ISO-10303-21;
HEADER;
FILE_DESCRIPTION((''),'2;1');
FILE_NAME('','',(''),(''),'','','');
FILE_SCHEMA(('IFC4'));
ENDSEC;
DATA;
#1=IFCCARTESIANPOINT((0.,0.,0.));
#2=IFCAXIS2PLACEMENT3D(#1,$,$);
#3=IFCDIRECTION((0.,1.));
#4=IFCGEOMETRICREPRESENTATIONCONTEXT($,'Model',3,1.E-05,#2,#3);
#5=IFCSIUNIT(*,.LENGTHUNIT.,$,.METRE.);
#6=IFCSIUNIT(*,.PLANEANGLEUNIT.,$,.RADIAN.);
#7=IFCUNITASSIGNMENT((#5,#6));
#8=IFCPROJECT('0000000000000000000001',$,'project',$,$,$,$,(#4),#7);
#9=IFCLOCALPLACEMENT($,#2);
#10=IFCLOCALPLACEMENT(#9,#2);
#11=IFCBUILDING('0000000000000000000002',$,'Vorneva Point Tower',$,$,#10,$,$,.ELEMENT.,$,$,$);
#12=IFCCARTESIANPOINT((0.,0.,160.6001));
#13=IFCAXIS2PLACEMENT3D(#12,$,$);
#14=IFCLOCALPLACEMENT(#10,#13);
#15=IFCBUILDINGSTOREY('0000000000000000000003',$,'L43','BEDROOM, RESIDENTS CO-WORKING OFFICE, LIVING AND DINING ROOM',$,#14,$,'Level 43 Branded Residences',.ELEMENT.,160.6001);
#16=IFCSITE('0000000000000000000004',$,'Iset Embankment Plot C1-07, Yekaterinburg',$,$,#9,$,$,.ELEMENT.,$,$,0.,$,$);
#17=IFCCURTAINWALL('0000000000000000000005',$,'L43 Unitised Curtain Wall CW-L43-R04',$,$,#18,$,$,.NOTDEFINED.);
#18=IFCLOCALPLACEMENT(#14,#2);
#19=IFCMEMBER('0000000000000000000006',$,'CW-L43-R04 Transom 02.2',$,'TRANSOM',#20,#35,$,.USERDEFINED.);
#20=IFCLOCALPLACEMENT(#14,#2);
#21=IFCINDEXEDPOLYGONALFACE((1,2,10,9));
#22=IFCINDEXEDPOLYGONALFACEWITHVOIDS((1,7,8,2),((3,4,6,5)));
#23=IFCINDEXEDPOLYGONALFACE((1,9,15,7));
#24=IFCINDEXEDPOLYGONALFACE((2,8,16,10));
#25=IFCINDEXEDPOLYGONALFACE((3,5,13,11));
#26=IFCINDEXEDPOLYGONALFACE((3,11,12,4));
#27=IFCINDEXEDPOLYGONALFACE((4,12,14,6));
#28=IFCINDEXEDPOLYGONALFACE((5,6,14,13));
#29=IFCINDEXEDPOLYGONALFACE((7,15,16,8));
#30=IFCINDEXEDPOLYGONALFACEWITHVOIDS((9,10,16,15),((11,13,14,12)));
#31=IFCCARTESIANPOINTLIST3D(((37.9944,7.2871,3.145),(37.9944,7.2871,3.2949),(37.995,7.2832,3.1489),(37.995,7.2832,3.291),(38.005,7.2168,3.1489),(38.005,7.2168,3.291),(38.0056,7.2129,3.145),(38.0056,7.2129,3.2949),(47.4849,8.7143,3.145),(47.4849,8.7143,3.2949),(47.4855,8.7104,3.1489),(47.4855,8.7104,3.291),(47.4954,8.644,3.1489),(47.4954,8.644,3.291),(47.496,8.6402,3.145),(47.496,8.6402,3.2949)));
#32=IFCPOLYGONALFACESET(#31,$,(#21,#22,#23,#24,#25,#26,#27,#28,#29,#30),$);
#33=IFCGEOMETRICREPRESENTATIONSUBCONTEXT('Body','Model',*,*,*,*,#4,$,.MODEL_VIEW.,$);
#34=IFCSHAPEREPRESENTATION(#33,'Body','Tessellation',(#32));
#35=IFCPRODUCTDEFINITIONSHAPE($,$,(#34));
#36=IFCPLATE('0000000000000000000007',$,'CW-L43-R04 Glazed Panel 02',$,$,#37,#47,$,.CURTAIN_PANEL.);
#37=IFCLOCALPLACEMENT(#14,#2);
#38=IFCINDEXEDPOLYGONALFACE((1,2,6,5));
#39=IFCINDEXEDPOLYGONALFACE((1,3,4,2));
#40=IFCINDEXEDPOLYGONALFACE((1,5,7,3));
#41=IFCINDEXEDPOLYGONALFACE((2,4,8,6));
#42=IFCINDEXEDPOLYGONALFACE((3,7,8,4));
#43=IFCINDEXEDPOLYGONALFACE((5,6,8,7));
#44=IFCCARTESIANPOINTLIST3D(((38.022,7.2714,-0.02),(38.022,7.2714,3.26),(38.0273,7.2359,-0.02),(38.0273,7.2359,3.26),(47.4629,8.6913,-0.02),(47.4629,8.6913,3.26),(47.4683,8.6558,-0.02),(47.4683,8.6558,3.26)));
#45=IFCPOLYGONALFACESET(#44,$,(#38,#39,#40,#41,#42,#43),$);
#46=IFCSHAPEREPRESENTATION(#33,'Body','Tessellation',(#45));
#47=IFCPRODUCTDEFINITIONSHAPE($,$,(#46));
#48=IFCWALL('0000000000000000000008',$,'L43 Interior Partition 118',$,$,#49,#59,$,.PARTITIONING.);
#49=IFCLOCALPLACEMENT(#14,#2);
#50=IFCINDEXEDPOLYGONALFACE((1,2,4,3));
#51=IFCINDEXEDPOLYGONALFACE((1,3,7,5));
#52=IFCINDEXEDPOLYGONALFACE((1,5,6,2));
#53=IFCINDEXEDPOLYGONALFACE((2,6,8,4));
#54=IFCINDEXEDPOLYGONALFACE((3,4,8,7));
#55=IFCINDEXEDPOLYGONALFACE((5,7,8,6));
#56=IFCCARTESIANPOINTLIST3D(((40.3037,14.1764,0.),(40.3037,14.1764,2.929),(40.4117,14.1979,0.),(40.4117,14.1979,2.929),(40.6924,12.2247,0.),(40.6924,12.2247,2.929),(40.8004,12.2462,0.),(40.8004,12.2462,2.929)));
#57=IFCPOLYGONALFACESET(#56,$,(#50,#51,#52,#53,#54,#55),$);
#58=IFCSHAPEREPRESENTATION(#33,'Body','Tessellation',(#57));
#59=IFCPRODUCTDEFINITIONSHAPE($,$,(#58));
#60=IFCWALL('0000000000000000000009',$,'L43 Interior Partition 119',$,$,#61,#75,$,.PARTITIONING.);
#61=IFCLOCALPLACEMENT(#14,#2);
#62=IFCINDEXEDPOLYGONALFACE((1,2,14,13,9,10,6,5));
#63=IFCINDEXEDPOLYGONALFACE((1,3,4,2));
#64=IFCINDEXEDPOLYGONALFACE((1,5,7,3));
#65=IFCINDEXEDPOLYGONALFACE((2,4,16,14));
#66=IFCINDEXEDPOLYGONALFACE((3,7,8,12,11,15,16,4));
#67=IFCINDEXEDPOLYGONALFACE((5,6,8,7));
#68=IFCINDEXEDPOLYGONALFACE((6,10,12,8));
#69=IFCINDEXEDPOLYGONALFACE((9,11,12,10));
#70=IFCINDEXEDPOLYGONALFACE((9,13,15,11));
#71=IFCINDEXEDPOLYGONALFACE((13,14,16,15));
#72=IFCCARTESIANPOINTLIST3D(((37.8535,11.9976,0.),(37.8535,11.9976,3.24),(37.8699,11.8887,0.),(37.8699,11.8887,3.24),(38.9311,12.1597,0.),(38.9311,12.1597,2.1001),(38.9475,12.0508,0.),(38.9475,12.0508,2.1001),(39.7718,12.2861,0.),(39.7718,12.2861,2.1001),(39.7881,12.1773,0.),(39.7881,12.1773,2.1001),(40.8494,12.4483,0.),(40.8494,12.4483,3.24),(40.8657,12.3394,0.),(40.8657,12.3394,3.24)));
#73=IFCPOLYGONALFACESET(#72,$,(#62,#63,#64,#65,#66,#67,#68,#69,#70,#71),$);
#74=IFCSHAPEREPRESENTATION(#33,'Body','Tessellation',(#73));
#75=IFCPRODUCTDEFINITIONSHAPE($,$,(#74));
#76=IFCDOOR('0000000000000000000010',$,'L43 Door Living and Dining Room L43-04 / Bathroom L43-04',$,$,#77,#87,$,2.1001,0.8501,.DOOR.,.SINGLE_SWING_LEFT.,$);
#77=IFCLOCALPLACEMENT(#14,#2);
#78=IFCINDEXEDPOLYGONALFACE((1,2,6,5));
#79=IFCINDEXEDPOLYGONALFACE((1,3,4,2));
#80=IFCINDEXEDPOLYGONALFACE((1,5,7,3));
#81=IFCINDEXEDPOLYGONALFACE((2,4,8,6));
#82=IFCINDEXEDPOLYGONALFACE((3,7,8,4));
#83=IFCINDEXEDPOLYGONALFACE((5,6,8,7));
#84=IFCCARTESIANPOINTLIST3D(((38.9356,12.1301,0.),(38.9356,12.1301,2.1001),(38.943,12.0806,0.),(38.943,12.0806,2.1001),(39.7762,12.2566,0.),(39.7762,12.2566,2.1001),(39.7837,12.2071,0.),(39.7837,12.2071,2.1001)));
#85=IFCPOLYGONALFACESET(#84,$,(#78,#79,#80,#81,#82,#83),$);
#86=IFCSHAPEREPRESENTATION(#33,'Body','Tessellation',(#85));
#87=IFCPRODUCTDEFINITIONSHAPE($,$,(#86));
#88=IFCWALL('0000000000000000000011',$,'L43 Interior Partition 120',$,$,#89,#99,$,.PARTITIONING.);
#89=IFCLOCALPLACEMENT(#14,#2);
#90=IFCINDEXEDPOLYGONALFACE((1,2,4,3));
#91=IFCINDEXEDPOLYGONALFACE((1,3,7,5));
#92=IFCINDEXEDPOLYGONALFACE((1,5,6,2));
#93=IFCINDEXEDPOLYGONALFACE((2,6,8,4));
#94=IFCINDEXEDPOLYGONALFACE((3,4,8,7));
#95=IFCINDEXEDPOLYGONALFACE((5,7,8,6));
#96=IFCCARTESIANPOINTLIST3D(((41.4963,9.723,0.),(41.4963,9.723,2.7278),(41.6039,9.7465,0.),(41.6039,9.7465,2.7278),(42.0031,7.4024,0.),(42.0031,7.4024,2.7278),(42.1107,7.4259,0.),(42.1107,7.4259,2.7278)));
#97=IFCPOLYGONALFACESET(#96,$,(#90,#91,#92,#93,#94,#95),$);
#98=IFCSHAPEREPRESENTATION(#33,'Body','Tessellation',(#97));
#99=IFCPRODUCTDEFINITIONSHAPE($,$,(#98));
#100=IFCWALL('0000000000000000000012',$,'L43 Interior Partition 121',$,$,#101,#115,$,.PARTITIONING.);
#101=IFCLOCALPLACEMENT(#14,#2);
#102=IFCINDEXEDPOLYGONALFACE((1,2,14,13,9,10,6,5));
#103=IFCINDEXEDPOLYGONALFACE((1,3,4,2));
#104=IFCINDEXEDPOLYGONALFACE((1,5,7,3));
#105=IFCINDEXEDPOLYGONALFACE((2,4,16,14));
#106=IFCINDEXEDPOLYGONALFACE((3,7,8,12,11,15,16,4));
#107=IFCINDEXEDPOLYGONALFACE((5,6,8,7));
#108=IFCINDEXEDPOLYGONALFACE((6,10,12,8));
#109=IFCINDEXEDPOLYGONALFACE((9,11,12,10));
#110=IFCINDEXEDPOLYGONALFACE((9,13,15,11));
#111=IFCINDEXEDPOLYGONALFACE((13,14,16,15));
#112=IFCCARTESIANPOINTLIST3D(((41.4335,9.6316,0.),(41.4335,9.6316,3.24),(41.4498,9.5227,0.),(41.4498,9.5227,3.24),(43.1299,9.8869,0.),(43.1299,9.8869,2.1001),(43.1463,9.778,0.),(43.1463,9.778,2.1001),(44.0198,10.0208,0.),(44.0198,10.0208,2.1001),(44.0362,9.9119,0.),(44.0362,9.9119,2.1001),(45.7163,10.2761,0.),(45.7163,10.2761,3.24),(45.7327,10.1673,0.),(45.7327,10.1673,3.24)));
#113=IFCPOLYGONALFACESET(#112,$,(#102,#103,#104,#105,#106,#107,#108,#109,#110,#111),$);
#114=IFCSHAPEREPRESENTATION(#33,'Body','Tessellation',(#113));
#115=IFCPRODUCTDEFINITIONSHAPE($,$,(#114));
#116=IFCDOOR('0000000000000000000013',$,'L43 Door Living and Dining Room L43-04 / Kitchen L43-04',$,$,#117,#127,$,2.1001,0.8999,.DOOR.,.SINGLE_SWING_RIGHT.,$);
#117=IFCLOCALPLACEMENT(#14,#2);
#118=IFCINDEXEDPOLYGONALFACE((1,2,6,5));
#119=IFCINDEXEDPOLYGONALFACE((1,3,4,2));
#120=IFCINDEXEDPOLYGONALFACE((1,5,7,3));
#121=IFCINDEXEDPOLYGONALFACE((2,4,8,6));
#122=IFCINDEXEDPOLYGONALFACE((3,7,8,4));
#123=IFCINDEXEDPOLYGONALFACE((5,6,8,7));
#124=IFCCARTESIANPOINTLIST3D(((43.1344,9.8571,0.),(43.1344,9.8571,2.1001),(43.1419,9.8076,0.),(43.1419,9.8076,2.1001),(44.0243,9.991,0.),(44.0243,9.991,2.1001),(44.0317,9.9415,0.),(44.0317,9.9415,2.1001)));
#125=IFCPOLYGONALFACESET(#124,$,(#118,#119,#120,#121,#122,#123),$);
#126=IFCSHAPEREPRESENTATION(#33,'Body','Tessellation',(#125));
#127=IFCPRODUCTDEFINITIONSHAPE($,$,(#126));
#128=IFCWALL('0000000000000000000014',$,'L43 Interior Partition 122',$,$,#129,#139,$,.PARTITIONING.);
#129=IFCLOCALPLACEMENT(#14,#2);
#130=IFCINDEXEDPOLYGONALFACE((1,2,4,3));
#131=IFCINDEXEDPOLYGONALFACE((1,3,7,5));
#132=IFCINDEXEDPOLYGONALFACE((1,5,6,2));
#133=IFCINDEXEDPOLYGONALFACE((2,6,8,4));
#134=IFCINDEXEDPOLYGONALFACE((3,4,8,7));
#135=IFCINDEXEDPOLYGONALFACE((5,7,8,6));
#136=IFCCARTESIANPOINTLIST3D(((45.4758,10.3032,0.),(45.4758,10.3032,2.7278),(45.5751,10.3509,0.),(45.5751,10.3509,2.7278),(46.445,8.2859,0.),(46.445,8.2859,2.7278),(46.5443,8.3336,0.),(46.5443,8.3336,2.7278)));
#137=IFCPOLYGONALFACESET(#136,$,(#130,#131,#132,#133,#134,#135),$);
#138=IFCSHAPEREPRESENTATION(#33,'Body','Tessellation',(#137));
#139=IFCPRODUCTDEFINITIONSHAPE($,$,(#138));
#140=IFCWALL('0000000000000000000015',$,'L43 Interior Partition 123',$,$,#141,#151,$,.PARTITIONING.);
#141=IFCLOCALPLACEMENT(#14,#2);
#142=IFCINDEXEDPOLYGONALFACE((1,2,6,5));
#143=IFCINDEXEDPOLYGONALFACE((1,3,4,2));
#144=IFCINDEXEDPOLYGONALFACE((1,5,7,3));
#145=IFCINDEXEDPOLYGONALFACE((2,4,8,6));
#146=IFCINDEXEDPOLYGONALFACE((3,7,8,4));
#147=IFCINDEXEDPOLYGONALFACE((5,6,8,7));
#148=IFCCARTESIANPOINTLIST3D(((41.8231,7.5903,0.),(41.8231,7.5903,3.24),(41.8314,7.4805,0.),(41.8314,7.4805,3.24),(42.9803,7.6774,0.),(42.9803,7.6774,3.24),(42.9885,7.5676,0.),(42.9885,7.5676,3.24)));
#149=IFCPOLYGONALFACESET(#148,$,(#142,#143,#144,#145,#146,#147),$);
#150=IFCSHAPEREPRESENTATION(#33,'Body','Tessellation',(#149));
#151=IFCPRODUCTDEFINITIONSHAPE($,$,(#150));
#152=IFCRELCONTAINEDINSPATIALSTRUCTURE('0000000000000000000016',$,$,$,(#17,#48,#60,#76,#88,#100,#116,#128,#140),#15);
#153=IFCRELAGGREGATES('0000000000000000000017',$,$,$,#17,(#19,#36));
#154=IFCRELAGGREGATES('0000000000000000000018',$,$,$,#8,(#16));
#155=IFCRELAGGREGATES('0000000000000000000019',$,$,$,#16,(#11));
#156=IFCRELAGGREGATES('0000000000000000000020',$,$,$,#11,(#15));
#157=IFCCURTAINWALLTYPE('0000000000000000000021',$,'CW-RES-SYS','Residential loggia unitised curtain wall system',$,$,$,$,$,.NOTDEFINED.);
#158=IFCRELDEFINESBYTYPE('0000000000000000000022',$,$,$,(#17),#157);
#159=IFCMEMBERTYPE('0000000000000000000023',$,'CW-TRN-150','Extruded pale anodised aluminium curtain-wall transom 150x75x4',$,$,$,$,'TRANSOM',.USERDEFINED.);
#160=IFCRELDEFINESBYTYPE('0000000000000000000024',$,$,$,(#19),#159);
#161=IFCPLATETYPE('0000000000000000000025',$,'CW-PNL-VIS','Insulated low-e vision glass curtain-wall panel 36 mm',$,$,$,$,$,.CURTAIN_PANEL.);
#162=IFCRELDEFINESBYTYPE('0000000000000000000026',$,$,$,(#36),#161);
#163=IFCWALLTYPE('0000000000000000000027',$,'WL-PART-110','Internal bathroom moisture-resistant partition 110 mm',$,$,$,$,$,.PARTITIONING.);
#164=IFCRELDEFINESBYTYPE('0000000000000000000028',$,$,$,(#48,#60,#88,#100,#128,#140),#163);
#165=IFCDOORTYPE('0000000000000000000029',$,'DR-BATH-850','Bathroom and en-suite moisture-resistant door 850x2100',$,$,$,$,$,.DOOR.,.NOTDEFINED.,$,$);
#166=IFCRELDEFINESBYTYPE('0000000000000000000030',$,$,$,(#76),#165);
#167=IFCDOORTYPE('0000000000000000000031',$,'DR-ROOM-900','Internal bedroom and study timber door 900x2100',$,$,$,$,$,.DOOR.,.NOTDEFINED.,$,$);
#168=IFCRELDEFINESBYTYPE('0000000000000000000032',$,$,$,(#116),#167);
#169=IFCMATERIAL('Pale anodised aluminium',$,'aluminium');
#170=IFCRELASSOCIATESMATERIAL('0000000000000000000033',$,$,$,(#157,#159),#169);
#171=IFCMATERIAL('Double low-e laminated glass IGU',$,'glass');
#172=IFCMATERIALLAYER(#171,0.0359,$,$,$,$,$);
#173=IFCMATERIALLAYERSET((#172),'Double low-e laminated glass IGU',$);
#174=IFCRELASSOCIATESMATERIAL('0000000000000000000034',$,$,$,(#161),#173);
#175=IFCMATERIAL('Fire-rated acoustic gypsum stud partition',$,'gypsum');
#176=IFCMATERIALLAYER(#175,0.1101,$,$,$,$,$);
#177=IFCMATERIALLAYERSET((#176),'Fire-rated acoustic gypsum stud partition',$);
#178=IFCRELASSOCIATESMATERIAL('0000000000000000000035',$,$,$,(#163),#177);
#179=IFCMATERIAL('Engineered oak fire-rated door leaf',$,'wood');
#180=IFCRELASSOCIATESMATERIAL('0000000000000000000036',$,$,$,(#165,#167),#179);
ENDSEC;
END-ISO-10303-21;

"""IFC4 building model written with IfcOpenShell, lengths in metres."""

from ifc_helpers import new_model, si_unit, direction, frame, frame_2d, origin, origin_2d, place, context, subcontext, project, spatial, rectangle, hollow_rectangle, extrude, material, layer, layer_set, material_profile, profile_set, type_object, element, fill, aggregate, save


model = new_model("IFC4")

# Units and contexts
model_context = context("Model", 3, precision=1e-05, world=origin(), true_north=direction((0.0, 1.0)))
body_context = subcontext(model_context, "Body", "Model", "MODEL_VIEW")
ifc_project = project(units=[si_unit("LENGTHUNIT", "METRE"), si_unit("PLANEANGLEUNIT", "RADIAN")], contexts=[model_context])

# Site, building, storey
site_placement = place(None, origin())
site = spatial("IfcSite", under=ifc_project, at=site_placement, Name="Iset Embankment Plot C1-07, Yekaterinburg", CompositionType="ELEMENT", RefElevation=0.0)
building_placement = place(site_placement, origin())
building = spatial("IfcBuilding", under=site, at=building_placement, Name="Vorneva Point Tower", CompositionType="ELEMENT")
storey_placement = place(building_placement, frame((0.0, 0.0, 160.6001)))
storey = spatial("IfcBuildingStorey", under=building, at=storey_placement, Name="L43", Description="BEDROOM, RESIDENTS CO-WORKING OFFICE, LIVING AND DINING ROOM", LongName="Level 43 Branded Residences", CompositionType="ELEMENT", Elevation=160.6001)

# Curtain wall, member, plate
ifc_material_1 = material(Name="Pale anodised aluminium", Category="aluminium")
curtain_wall_type = type_object("IfcCurtainWallType", Name="CW-RES-SYS", Description="Residential loggia unitised curtain wall system", PredefinedType="NOTDEFINED", material=ifc_material_1)
curtain_wall_placement = place(storey_placement, origin())
curtain_wall = element("IfcCurtainWall", 1, at=curtain_wall_placement, inside=storey, type_object=curtain_wall_type, Name="L43 Unitised Curtain Wall CW-L43-R04", PredefinedType="NOTDEFINED")
ifc_material_profile_1 = material_profile(ifc_material_1, hollow_rectangle(XDim=0.075, YDim=0.1499, WallThickness=0.0039, at=origin_2d()), Name="AL-TRN 150x75x4")
ifc_profile_set_1 = profile_set([ifc_material_profile_1], Name="Pale anodised aluminium")
member_type_1 = type_object("IfcMemberType", Name="CW-TRN-150", Description="Extruded pale anodised aluminium curtain-wall transom 150x75x4", ElementType="TRANSOM", PredefinedType="USERDEFINED", material=ifc_profile_set_1)
member_1_placement = place(storey_placement, frame((38.0, 7.25, 3.22), z_axis=(0.98888, 0.148715, 0.0), x_axis=(-0.148715, 0.98888, 0.0)))
member_1 = element("IfcMember", 2, at=member_1_placement, type_object=member_type_1, Name="CW-L43-R04 Transom 02.2", ObjectType="TRANSOM", PredefinedType="USERDEFINED", context=body_context, shape_type="SweptSolid", body=[
    extrude(hollow_rectangle(XDim=0.075, YDim=0.1499, WallThickness=0.0039, at=origin_2d()), origin(), (0.0, 0.0, 1.0), 9.5972),
])
ifc_material_2 = material(Name="Double low-e laminated glass IGU", Category="glass")
ifc_layer_1 = layer(ifc_material_2, 0.0359)
ifc_layer_set_1 = layer_set([ifc_layer_1], Name="Double low-e laminated glass IGU")
plate_type = type_object("IfcPlateType", Name="CW-PNL-VIS", Description="Insulated low-e vision glass curtain-wall panel 36 mm", PredefinedType="CURTAIN_PANEL", material=ifc_layer_set_1)
plate_placement = place(storey_placement, frame((42.7451, 7.9636, -0.02), z_axis=(0.0, 0.0, 1.0), x_axis=(0.988879, 0.148724, 0.0)))
plate = element("IfcPlate", 3, at=plate_placement, type_object=plate_type, Name="CW-L43-R04 Glazed Panel 02", PredefinedType="CURTAIN_PANEL", context=body_context, shape_type="SweptSolid", body=[
    extrude(rectangle(XDim=9.5471, YDim=0.0359, at=origin_2d()), origin(), (0.0, 0.0, 1.0), 3.28),
])
aggregate(curtain_wall, [member_1, plate])

# Wall
ifc_material_3 = material(Name="Fire-rated acoustic gypsum stud partition", Category="gypsum")
ifc_layer_2 = layer(ifc_material_3, 0.1101)
ifc_layer_set_2 = layer_set([ifc_layer_2], Name="Fire-rated acoustic gypsum stud partition")
wall_type_1 = type_object("IfcWallType", Name="WL-PART-110", Description="Internal bathroom moisture-resistant partition 110 mm", PredefinedType="PARTITIONING", material=ifc_layer_set_2)
wall_1_placement = place(storey_placement, frame((40.3577, 14.1873, 0.0), z_axis=(0.0, 0.0, 1.0), x_axis=(0.195314, -0.980741, 0.0)))
element("IfcWall", 4, at=wall_1_placement, inside=storey, type_object=wall_type_1, Name="L43 Interior Partition 118", PredefinedType="PARTITIONING", context=body_context, shape_type="SweptSolid", body=[
    extrude(rectangle(XDim=1.99, YDim=0.1101, at=frame_2d((0.9951, 0.0))), origin(), (0.0, 0.0, 1.0), 2.929),
])

# Wall, opening, door
wall_2_placement = place(storey_placement, frame((40.8574, 12.3938, 0.0), z_axis=(0.0, 0.0, 1.0), x_axis=(-0.988873, -0.148762, 0.0)))
wall_2 = element("IfcWall", 5, at=wall_2_placement, inside=storey, type_object=wall_type_1, Name="L43 Interior Partition 119", PredefinedType="PARTITIONING", context=body_context, shape_type="SweptSolid", body=[
    extrude(rectangle(XDim=3.0295, YDim=0.1101, at=frame_2d((1.5146, 0.0))), origin(), (0.0, 0.0, 1.0), 3.24),
])
opening_1_placement = place(wall_2_placement, frame((1.0896, 0.0, 0.0)))
opening_1 = element("IfcOpeningElement", 6, at=opening_1_placement, cuts=wall_2, PredefinedType="OPENING", context=body_context, shape_type="SweptSolid", body=[
    extrude(rectangle(XDim=0.8501, YDim=2.1001, at=frame_2d((0.425, 1.05))), frame((0.0, 0.0698, 0.0), z_axis=(0.0, -1.0, 0.0), x_axis=(1.0, 0.0, 0.0)), (0.0, 0.0, 1.0), 0.1399),
])
ifc_material_4 = material(Name="Engineered oak fire-rated door leaf", Category="wood")
door_type_1 = type_object("IfcDoorType", Name="DR-BATH-850", Description="Bathroom and en-suite moisture-resistant door 850x2100", OperationType="NOTDEFINED", PredefinedType="DOOR", material=ifc_material_4)
door_1_placement = place(opening_1_placement, origin())
door_1 = element("IfcDoor", 7, at=door_1_placement, inside=storey, type_object=door_type_1, Name="L43 Door Living and Dining Room L43-04 / Bathroom L43-04", OperationType="SINGLE_SWING_LEFT", OverallHeight=2.1001, OverallWidth=0.8501, PredefinedType="DOOR", context=body_context, shape_type="SweptSolid", body=[
    extrude(rectangle(XDim=0.8501, YDim=2.1001, at=frame_2d((0.425, 1.05))), frame((0.0, 0.0249, 0.0), z_axis=(0.0, -1.0, 0.0), x_axis=(1.0, 0.0, 0.0)), (0.0, 0.0, 1.0), 0.05),
])
fill(opening_1, door_1)

# Wall
wall_3_placement = place(storey_placement, frame((42.0569, 7.4143, 0.0), z_axis=(0.0, 0.0, 1.0), x_axis=(-0.213381, 0.976969, 0.0)))
element("IfcWall", 8, at=wall_3_placement, inside=storey, type_object=wall_type_1, Name="L43 Interior Partition 120", PredefinedType="PARTITIONING", context=body_context, shape_type="SweptSolid", body=[
    extrude(rectangle(XDim=2.3752, YDim=0.1101, at=frame_2d((1.1875, 0.0))), origin(), (0.0, 0.0, 1.0), 2.7278),
])

# Wall, opening, door
wall_4_placement = place(storey_placement, frame((41.4417, 9.5771, 0.0), z_axis=(0.0, 0.0, 1.0), x_axis=(0.988864, 0.14882, 0.0)))
wall_4 = element("IfcWall", 9, at=wall_4_placement, inside=storey, type_object=wall_type_1, Name="L43 Interior Partition 121", PredefinedType="PARTITIONING", context=body_context, shape_type="SweptSolid", body=[
    extrude(rectangle(XDim=4.3311, YDim=0.1101, at=frame_2d((2.1655, 0.0))), origin(), (0.0, 0.0, 1.0), 3.24),
])
opening_2_placement = place(wall_4_placement, frame((1.7156, 0.0, 0.0)))
opening_2 = element("IfcOpeningElement", 10, at=opening_2_placement, cuts=wall_4, PredefinedType="OPENING", context=body_context, shape_type="SweptSolid", body=[
    extrude(rectangle(XDim=0.8999, YDim=2.1001, at=frame_2d((0.45, 1.05))), frame((0.0, 0.0698, 0.0), z_axis=(0.0, -1.0, 0.0), x_axis=(1.0, 0.0, 0.0)), (0.0, 0.0, 1.0), 0.1399),
])
door_type_2 = type_object("IfcDoorType", Name="DR-ROOM-900", Description="Internal bedroom and study timber door 900x2100", OperationType="NOTDEFINED", PredefinedType="DOOR", material=ifc_material_4)
door_2_placement = place(opening_2_placement, origin())
door_2 = element("IfcDoor", 11, at=door_2_placement, inside=storey, type_object=door_type_2, Name="L43 Door Living and Dining Room L43-04 / Kitchen L43-04", OperationType="SINGLE_SWING_RIGHT", OverallHeight=2.1001, OverallWidth=0.8999, PredefinedType="DOOR", context=body_context, shape_type="SweptSolid", body=[
    extrude(rectangle(XDim=0.8999, YDim=2.1001, at=frame_2d((0.45, 1.05))), frame((0.0, 0.0249, 0.0), z_axis=(0.0, -1.0, 0.0), x_axis=(1.0, 0.0, 0.0)), (0.0, 0.0, 1.0), 0.05),
])
fill(opening_2, door_2)

# Walls
wall_5_placement = place(storey_placement, frame((45.5254, 10.3271, 0.0), z_axis=(0.0, 0.0, 1.0), x_axis=(0.433064, -0.901363, 0.0)))
element("IfcWall", 12, at=wall_5_placement, inside=storey, type_object=wall_type_1, Name="L43 Interior Partition 122", PredefinedType="PARTITIONING", context=body_context, shape_type="SweptSolid", body=[
    extrude(rectangle(XDim=2.238, YDim=0.1101, at=frame_2d((1.1191, 0.0))), origin(), (0.0, 0.0, 1.0), 2.7278),
])
wall_6_placement = place(storey_placement, frame((41.8274, 7.5354, 0.0), z_axis=(0.0, 0.0, 1.0), x_axis=(0.997176, 0.075104, 0.0)))
element("IfcWall", 13, at=wall_6_placement, inside=storey, type_object=wall_type_1, Name="L43 Interior Partition 123", PredefinedType="PARTITIONING", context=body_context, shape_type="SweptSolid", body=[
    extrude(rectangle(XDim=1.1604, YDim=0.1101, at=frame_2d((0.5801, 0.0))), origin(), (0.0, 0.0, 1.0), 3.24),
])

save(model, "model.ifc")
